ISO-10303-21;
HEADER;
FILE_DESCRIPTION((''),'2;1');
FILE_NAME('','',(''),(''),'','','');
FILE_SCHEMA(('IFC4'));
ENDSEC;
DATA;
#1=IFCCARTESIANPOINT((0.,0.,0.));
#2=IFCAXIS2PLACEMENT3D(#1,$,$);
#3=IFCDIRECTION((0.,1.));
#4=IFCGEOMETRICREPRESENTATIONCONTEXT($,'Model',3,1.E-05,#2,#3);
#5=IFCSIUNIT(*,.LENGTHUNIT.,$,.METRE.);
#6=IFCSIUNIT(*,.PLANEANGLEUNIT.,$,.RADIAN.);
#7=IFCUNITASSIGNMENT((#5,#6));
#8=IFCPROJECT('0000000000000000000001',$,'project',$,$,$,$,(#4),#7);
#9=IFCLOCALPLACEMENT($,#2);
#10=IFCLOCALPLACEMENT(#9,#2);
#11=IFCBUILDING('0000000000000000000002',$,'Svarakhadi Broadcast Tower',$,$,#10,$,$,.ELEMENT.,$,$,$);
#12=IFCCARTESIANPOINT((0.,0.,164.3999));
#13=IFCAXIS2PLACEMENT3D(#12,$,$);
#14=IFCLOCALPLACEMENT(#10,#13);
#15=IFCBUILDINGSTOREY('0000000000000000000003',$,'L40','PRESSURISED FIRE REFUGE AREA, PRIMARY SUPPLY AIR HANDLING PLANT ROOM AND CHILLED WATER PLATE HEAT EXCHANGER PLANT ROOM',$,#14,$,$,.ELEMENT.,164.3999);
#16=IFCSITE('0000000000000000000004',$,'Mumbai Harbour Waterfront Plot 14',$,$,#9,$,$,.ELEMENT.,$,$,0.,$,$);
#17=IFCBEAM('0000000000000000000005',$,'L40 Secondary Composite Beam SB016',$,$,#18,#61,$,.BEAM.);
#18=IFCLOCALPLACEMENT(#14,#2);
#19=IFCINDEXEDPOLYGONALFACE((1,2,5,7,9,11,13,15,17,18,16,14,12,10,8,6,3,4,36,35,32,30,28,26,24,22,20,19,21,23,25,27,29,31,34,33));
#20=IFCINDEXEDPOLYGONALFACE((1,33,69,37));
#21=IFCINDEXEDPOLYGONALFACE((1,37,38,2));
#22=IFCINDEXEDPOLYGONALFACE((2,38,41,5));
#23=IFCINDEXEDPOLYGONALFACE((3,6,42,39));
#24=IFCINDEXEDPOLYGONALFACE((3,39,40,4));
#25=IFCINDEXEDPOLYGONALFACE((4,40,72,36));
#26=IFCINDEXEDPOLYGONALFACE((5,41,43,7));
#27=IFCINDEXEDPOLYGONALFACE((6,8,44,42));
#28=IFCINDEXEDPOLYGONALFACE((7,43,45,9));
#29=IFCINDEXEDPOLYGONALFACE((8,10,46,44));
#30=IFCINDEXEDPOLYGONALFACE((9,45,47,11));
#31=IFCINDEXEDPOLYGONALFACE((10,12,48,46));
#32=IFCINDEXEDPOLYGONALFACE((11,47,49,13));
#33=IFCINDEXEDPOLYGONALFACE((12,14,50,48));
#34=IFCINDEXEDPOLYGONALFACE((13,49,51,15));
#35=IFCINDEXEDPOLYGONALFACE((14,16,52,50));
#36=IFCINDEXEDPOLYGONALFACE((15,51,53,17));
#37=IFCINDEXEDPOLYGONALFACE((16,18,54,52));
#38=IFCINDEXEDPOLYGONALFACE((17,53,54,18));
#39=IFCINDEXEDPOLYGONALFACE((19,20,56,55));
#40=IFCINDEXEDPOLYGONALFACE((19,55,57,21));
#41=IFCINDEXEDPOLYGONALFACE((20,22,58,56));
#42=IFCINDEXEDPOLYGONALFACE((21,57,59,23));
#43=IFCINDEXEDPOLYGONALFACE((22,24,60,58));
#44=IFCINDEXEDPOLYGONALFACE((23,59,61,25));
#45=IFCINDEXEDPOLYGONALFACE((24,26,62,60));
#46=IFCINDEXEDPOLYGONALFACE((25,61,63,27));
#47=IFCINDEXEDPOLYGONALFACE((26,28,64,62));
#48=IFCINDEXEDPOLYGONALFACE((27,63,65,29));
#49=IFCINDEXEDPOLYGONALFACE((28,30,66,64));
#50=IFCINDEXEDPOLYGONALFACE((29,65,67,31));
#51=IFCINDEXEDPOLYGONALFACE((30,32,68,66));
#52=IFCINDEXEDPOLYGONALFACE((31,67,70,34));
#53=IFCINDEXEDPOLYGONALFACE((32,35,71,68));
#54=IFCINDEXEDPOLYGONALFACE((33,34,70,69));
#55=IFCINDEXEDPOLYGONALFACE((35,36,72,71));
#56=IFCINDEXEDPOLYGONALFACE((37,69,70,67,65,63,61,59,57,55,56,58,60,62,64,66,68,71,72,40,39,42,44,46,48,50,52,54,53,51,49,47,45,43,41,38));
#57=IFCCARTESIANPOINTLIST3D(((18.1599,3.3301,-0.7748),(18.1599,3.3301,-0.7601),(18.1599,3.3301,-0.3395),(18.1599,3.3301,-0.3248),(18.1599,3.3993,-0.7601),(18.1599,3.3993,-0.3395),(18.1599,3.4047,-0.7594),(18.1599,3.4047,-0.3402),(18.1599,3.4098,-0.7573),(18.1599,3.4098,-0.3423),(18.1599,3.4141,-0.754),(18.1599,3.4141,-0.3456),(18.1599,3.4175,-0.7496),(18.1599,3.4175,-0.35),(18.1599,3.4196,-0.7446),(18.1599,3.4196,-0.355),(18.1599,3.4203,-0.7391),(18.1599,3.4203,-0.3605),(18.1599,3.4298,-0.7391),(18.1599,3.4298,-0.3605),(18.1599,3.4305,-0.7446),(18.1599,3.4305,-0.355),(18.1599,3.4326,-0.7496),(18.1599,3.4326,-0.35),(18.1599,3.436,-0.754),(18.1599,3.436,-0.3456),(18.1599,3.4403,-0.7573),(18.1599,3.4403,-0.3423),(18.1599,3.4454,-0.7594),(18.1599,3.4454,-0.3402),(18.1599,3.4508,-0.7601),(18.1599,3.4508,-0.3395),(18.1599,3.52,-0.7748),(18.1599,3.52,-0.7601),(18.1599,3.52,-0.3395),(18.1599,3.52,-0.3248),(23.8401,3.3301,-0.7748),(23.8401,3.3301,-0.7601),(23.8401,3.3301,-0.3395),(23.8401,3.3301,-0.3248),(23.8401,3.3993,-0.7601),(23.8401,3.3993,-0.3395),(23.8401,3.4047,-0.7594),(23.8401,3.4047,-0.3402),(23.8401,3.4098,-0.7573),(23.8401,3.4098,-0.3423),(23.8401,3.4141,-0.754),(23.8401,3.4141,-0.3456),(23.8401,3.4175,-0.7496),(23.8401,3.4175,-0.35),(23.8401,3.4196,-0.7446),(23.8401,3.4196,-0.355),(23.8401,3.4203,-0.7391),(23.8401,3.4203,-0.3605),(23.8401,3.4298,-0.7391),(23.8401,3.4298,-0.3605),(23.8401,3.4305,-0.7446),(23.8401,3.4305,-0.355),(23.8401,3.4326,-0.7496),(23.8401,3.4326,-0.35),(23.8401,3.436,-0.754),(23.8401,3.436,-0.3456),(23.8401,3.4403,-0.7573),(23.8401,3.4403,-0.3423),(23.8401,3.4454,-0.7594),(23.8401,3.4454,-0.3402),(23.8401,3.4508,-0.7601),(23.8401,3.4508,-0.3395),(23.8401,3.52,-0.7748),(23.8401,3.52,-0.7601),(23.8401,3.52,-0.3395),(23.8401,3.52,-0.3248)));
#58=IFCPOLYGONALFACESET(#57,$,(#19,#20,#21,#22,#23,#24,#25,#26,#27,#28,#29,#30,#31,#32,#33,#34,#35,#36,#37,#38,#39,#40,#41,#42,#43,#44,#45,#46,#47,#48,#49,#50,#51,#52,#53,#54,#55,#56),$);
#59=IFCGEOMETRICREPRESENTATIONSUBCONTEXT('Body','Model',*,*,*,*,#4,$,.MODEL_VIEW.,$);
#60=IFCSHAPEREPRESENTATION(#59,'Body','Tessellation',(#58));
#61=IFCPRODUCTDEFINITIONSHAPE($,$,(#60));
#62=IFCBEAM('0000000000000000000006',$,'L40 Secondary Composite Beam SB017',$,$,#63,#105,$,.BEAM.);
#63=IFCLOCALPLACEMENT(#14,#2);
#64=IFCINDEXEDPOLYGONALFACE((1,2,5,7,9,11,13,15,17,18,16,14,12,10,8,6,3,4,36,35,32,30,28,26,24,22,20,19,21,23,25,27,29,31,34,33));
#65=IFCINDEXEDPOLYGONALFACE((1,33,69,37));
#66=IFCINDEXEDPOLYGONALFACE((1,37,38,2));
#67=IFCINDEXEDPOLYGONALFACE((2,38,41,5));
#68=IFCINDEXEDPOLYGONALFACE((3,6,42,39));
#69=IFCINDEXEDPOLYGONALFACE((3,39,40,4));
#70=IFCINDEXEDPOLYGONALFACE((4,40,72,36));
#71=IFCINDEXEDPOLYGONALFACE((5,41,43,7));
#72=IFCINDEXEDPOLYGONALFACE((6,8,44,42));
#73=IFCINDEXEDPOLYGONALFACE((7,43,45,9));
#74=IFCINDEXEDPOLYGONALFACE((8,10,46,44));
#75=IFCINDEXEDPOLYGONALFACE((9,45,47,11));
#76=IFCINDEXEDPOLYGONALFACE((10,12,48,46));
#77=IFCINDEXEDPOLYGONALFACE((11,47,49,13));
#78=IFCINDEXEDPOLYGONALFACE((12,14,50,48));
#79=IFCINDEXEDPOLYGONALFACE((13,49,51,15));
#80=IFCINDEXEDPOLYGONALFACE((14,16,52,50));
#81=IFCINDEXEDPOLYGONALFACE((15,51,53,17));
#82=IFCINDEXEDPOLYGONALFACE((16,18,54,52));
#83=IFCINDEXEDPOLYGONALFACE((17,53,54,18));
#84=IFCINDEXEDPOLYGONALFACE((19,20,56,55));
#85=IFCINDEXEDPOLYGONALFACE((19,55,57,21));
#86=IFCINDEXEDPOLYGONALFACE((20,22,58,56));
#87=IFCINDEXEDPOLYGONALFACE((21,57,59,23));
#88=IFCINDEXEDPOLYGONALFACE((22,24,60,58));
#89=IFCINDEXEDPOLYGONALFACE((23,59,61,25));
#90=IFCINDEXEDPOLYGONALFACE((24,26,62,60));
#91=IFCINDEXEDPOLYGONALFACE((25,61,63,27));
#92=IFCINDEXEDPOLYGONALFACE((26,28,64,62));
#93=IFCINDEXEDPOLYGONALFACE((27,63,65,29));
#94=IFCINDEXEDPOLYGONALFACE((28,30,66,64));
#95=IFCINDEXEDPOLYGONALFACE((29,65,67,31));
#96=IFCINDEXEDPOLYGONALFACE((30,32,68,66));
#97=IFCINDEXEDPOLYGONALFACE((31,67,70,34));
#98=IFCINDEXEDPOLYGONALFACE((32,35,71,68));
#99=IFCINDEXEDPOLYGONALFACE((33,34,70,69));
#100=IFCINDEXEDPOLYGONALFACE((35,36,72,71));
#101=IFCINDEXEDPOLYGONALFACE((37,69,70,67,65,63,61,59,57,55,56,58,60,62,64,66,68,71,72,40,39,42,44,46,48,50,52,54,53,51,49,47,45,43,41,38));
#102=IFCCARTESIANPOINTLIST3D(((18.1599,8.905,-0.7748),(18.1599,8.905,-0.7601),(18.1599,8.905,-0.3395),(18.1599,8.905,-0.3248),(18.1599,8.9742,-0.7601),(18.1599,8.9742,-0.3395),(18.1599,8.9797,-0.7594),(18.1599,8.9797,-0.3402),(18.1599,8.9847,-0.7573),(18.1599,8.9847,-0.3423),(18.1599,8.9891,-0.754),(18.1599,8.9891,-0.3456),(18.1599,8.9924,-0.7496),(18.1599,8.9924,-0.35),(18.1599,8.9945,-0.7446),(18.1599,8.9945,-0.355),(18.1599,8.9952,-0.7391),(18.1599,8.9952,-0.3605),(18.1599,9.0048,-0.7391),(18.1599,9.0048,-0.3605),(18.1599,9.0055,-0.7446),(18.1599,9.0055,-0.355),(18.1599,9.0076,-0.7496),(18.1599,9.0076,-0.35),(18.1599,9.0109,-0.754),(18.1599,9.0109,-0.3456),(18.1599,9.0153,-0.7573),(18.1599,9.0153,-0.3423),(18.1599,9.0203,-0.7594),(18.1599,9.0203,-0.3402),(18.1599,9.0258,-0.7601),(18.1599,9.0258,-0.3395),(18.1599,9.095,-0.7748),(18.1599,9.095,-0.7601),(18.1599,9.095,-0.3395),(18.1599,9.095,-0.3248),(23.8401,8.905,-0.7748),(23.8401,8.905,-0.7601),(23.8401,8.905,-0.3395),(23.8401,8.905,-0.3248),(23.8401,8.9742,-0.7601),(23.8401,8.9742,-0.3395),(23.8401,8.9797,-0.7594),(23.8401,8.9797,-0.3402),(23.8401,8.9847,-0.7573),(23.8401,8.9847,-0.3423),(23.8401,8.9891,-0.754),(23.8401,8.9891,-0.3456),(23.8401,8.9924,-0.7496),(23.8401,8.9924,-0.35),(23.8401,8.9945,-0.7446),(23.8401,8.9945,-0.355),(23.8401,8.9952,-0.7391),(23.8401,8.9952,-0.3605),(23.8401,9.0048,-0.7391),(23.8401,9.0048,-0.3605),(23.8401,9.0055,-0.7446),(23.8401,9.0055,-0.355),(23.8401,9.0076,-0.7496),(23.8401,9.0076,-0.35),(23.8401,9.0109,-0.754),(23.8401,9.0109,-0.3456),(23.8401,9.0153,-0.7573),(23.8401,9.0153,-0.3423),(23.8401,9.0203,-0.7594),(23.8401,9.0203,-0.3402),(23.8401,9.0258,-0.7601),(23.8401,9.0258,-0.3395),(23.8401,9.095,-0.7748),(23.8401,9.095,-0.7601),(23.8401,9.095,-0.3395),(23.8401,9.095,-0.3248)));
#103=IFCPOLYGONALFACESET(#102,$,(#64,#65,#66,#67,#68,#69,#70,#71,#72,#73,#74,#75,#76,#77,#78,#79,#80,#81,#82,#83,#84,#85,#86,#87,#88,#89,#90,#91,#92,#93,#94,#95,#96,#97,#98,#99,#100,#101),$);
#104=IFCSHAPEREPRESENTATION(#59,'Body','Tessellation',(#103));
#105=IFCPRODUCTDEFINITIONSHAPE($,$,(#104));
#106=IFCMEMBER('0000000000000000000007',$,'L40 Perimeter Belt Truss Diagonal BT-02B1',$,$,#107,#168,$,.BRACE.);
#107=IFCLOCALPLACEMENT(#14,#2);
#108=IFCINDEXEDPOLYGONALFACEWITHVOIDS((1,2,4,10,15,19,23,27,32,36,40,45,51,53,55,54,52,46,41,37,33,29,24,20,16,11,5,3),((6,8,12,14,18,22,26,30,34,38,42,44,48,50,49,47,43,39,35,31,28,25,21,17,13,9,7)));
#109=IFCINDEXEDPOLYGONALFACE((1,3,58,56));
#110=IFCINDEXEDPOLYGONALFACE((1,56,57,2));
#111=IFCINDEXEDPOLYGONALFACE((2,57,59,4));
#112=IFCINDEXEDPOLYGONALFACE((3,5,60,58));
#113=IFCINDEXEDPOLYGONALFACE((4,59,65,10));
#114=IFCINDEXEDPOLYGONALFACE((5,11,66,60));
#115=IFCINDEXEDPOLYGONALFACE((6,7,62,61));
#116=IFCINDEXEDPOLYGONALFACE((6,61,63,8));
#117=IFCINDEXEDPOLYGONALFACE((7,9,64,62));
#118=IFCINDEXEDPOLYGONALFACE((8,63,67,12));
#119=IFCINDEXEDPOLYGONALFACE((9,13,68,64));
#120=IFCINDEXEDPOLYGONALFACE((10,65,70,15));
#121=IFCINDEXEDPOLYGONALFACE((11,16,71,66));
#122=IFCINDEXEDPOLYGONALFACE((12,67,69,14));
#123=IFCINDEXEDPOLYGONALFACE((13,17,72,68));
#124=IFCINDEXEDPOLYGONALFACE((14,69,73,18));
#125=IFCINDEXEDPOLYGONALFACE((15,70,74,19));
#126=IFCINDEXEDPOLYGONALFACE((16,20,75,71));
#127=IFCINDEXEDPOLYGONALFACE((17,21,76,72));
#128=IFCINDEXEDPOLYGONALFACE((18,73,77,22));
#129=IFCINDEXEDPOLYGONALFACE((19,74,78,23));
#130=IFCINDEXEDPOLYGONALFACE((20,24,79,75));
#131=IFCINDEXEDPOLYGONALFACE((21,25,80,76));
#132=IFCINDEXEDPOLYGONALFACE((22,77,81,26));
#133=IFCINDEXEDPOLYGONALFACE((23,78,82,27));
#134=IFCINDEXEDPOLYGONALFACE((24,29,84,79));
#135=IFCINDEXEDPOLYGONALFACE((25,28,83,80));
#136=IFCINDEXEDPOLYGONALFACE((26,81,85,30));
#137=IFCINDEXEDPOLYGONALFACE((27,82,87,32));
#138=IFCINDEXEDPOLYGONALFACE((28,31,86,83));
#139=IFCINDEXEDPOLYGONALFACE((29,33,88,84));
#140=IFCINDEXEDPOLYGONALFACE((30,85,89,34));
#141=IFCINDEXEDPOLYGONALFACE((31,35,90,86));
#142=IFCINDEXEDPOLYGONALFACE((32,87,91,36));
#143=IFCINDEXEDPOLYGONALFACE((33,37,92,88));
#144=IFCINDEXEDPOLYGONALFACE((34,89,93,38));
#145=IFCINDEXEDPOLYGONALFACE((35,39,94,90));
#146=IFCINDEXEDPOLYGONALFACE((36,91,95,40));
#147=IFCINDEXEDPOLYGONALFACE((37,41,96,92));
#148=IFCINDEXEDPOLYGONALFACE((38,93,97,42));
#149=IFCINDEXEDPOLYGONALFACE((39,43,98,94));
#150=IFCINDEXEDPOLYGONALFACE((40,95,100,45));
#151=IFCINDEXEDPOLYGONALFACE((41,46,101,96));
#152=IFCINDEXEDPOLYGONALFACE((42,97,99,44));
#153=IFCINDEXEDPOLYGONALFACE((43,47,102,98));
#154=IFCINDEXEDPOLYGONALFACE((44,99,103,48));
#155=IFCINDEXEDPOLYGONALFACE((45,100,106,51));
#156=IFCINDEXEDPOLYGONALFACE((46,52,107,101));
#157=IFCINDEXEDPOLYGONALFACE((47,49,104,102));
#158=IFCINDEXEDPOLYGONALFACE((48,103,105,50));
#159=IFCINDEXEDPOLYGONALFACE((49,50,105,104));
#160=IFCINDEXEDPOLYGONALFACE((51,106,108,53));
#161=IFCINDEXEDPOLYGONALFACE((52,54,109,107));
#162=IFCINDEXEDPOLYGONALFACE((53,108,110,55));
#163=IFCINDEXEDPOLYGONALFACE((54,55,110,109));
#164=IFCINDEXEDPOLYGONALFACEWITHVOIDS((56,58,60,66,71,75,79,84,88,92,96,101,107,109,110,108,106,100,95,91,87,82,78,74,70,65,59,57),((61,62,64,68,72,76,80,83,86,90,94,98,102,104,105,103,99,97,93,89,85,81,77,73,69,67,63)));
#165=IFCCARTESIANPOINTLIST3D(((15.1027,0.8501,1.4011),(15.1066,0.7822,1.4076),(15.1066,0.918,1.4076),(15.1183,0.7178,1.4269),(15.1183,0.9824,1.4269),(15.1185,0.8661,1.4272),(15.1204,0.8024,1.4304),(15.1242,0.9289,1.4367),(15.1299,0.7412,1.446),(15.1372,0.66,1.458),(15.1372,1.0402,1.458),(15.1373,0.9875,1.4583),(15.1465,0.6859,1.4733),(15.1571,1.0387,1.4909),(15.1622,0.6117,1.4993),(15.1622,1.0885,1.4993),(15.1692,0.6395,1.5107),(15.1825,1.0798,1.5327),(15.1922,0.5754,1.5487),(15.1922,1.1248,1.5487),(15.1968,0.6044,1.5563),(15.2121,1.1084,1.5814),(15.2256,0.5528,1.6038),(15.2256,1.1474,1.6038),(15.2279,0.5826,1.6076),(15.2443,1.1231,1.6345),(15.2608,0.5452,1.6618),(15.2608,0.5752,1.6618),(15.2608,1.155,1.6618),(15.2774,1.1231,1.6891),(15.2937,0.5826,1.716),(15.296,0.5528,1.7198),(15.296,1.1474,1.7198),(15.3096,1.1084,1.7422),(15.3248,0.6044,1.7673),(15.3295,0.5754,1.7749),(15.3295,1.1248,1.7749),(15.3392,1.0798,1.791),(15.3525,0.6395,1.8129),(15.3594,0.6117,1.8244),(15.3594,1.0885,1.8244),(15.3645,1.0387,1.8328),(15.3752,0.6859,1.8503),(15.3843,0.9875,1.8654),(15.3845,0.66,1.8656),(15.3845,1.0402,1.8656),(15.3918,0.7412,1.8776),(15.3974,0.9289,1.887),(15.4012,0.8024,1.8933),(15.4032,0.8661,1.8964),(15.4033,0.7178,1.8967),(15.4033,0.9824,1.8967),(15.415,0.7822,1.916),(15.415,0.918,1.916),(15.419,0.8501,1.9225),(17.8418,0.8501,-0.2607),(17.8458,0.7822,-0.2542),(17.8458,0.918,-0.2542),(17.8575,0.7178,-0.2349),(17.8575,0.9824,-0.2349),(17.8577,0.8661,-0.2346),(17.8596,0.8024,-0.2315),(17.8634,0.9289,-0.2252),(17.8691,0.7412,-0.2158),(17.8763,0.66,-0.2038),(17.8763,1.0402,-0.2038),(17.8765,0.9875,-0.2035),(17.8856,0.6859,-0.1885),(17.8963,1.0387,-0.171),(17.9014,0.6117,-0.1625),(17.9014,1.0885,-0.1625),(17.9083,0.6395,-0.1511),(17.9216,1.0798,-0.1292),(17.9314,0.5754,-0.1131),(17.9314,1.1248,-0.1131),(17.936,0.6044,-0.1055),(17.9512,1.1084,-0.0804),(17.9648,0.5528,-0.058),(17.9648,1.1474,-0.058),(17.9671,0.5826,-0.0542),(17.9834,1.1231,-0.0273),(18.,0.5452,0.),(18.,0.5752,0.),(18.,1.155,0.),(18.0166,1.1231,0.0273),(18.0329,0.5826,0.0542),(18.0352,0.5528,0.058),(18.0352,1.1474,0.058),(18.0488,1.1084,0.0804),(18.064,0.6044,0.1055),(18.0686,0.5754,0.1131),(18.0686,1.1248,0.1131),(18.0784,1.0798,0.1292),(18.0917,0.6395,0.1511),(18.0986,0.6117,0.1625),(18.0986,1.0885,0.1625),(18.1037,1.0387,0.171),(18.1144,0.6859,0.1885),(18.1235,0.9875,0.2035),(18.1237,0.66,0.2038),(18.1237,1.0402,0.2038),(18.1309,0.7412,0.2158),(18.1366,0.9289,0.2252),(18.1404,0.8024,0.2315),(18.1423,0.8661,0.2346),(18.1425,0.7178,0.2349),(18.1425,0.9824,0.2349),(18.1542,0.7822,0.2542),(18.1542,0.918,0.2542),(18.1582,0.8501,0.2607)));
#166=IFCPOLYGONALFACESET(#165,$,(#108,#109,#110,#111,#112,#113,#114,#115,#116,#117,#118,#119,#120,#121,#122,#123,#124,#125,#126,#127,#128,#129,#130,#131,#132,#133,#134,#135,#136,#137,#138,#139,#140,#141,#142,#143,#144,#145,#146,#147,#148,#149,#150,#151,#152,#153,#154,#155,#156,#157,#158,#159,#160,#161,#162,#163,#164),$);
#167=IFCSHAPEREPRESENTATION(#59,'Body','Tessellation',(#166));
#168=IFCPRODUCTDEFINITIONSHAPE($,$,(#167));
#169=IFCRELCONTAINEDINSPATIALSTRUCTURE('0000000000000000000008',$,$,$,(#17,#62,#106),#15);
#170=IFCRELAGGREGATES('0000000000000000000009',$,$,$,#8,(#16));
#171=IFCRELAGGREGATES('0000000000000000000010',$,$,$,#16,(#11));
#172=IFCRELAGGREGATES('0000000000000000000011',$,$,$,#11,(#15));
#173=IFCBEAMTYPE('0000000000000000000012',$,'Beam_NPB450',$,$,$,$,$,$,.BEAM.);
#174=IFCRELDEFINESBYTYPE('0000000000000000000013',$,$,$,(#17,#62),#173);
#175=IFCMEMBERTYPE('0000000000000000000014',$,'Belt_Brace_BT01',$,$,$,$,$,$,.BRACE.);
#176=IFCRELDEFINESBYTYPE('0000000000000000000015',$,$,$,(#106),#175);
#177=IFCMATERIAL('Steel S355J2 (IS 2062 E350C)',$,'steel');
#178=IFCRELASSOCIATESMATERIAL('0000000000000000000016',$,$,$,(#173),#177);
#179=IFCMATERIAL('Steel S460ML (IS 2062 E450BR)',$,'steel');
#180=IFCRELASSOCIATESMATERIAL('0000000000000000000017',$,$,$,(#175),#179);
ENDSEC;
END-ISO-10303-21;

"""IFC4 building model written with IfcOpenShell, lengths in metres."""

from ifc_helpers import new_model, si_unit, direction, frame, origin, origin_2d, place, context, subcontext, project, spatial, hollow_circle, i_section, extrude, material, material_profile, profile_set, type_object, element, save


model = new_model("IFC4")

# Units and contexts
model_context = context("Model", 3, precision=1e-05, world=origin(), true_north=direction((0.0, 1.0)))
body_context = subcontext(model_context, "Body", "Model", "MODEL_VIEW")
ifc_project = project(units=[si_unit("LENGTHUNIT", "METRE"), si_unit("PLANEANGLEUNIT", "RADIAN")], contexts=[model_context])

# Site, building, storey
site_placement = place(None, origin())
site = spatial("IfcSite", under=ifc_project, at=site_placement, Name="Mumbai Harbour Waterfront Plot 14", CompositionType="ELEMENT", RefElevation=0.0)
building_placement = place(site_placement, origin())
building = spatial("IfcBuilding", under=site, at=building_placement, Name="Svarakhadi Broadcast Tower", CompositionType="ELEMENT")
storey_placement = place(building_placement, frame((0.0, 0.0, 164.3999)))
storey = spatial("IfcBuildingStorey", under=building, at=storey_placement, Name="L40", Description="PRESSURISED FIRE REFUGE AREA, PRIMARY SUPPLY AIR HANDLING PLANT ROOM AND CHILLED WATER PLATE HEAT EXCHANGER PLANT ROOM", CompositionType="ELEMENT", Elevation=164.3999)

# Shared definitions
ifc_material_1 = material(Name="Steel S460ML (IS 2062 E450BR)", Category="steel")

# Beams
ifc_material_2 = material(Name="Steel S355J2 (IS 2062 E350C)", Category="steel")
ifc_material_profile_1 = material_profile(ifc_material_2, i_section(OverallWidth=0.1899, OverallDepth=0.45, WebThickness=0.0095, FlangeThickness=0.0146, FilletRadius=0.021, at=origin_2d()), Name="NPB 450x190x78")
ifc_profile_set_1 = profile_set([ifc_material_profile_1], Name="Steel S355J2 (IS 2062 E350C)")
beam_type_1 = type_object("IfcBeamType", Name="Beam_NPB450", PredefinedType="BEAM", material=ifc_profile_set_1)
for number, where, z_axis, x_axis, name in (
    (1, (18.1599, 3.425, -0.5498), (1.0, 0.0, 0.0), (0.0, 1.0, 0.0), "L40 Secondary Composite Beam SB016"),
    (2, (18.1599, 9.0, -0.5498), (1.0, 0.0, 0.0), (0.0, 1.0, 0.0), "L40 Secondary Composite Beam SB017"),
):
    element("IfcBeam", number, at=place(storey_placement, frame(where, z_axis=z_axis, x_axis=x_axis)), inside=storey, type_object=beam_type_1, Name=name, PredefinedType="BEAM", context=body_context, shape_type="SweptSolid", body=[
        extrude(i_section(OverallWidth=0.1899, OverallDepth=0.45, WebThickness=0.0095, FlangeThickness=0.0146, FilletRadius=0.021, at=origin_2d()), origin(), (0.0, 0.0, 1.0), 5.6802),
    ])

# Member
ifc_material_profile_2 = material_profile(ifc_material_1, hollow_circle(Radius=0.3049, WallThickness=0.03, at=origin_2d()), Name="CHS 610x30")
ifc_profile_set_2 = profile_set([ifc_material_profile_2], Name="Steel S460ML (IS 2062 E450BR)")
member_type_1 = type_object("IfcMemberType", Name="Belt_Brace_BT01", PredefinedType="BRACE", material=ifc_profile_set_2)
member_1_placement = place(storey_placement, frame((18.0, 0.8501, 0.0), z_axis=(-0.854961, 0.0, 0.518692), x_axis=(0.0, -1.0, 0.0)))
element("IfcMember", 3, at=member_1_placement, inside=storey, type_object=member_type_1, Name="L40 Perimeter Belt Truss Diagonal BT-02B1", PredefinedType="BRACE", context=body_context, shape_type="SweptSolid", body=[
    extrude(hollow_circle(Radius=0.3049, WallThickness=0.03, at=origin_2d()), origin(), (0.0, 0.0, 1.0), 3.2039),
])

save(model, "model.ifc")
